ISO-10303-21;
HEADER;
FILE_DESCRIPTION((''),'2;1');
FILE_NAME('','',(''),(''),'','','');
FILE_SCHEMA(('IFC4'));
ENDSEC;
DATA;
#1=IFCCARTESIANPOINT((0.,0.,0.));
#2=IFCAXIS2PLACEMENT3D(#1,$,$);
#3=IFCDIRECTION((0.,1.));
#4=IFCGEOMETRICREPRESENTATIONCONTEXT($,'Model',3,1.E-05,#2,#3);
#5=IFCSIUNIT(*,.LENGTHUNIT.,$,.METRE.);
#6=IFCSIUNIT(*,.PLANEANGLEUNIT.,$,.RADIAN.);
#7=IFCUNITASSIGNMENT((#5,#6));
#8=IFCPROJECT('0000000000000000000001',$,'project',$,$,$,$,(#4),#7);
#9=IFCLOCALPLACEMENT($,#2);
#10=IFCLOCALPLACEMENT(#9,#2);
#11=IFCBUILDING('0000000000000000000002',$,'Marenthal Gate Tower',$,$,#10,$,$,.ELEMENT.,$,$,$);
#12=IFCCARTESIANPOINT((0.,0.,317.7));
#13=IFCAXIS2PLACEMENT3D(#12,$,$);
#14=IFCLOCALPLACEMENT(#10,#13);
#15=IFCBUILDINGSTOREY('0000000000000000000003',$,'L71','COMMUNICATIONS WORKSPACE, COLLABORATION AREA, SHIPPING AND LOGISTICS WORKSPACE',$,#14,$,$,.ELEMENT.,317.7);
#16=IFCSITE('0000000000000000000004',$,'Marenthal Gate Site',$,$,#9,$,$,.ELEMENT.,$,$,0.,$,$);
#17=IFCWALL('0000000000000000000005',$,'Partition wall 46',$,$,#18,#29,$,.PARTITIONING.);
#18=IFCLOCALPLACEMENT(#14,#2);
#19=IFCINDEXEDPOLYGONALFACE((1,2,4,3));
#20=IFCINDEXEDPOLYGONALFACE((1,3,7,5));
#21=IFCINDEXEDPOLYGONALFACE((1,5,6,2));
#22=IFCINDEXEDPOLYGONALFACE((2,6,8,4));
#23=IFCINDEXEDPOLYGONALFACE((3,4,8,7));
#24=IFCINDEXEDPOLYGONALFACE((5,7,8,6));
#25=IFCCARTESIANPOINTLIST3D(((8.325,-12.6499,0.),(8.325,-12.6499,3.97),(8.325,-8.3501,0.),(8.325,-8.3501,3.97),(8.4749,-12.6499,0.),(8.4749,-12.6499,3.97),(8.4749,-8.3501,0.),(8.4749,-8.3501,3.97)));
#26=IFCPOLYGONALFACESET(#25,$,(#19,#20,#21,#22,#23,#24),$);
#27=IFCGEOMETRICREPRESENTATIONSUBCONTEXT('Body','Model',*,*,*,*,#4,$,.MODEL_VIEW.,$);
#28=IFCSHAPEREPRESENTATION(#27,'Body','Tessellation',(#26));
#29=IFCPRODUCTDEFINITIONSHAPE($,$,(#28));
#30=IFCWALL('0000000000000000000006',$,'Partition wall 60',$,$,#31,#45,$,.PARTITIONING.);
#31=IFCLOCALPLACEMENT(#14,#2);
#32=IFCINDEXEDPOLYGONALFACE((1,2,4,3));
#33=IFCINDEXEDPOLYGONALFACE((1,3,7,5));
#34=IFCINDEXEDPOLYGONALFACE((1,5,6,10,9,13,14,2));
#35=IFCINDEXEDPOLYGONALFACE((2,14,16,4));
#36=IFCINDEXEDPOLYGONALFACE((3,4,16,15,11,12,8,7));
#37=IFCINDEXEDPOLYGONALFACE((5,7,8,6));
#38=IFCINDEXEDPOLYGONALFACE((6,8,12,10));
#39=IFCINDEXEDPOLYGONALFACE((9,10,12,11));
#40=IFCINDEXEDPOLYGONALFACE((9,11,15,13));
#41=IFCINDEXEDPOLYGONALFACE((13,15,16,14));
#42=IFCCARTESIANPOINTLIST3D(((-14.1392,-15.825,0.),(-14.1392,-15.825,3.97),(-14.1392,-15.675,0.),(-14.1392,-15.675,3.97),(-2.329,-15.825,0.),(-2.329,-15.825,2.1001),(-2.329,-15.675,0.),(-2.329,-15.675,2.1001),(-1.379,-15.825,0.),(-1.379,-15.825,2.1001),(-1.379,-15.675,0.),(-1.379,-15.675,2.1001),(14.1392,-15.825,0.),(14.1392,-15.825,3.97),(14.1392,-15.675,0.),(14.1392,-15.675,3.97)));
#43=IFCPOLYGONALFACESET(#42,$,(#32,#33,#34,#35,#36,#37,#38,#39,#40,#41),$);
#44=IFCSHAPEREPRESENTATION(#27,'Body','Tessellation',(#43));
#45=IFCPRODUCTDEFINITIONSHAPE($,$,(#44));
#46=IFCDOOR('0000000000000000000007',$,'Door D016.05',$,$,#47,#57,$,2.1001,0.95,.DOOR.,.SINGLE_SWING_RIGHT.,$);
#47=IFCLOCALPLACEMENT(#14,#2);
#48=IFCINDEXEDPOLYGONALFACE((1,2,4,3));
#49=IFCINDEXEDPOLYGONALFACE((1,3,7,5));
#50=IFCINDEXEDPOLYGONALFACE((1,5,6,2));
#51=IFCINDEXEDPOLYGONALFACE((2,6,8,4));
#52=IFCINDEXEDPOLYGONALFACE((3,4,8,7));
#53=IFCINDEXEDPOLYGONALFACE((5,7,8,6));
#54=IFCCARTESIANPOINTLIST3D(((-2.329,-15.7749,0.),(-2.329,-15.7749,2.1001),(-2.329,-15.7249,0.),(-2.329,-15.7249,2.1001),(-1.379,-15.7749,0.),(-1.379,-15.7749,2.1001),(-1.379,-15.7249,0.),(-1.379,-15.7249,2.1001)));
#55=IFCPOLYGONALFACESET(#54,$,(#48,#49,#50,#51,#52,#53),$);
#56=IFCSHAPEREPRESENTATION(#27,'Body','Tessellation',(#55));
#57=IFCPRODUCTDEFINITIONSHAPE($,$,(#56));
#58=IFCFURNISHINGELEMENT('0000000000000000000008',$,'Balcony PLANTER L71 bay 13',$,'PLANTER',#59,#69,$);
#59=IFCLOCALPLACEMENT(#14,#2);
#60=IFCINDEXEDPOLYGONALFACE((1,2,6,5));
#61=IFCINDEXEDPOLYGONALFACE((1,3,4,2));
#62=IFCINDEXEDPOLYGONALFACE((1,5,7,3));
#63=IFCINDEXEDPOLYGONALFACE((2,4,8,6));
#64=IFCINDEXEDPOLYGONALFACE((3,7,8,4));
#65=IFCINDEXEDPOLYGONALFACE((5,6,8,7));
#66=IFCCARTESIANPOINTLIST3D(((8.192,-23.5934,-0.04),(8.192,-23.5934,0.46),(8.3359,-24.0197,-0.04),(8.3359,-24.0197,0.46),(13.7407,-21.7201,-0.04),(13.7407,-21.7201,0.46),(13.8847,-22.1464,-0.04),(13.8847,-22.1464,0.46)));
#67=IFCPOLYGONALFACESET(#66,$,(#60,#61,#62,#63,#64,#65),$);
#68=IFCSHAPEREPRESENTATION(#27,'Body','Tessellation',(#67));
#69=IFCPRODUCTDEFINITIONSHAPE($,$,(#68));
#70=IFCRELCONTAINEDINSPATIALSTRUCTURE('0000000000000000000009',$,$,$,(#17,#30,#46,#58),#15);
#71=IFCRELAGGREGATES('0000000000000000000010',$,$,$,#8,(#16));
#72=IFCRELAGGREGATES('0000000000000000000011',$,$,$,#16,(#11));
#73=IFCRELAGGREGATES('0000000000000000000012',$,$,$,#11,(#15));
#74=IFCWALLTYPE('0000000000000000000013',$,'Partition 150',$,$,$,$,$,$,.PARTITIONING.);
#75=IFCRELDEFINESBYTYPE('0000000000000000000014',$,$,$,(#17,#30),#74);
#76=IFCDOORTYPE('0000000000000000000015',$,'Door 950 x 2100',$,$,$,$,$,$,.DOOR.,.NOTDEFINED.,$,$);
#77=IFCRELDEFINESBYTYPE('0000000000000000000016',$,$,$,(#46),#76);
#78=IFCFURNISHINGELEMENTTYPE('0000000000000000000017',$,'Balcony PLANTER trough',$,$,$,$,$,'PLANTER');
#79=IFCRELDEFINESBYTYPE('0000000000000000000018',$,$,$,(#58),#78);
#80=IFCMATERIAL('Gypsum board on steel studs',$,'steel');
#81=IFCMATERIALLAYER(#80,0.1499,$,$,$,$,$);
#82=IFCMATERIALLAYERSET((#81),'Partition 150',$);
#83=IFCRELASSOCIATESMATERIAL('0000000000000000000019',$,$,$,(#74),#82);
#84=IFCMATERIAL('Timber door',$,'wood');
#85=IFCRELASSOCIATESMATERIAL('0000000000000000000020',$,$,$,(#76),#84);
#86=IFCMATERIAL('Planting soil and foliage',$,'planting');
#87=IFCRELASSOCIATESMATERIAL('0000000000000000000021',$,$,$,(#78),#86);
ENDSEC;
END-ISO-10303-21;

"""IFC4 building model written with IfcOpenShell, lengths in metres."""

from ifc_helpers import new_model, si_unit, direction, frame, frame_2d, origin, origin_2d, place, context, subcontext, project, spatial, rectangle, extrude, material, layer, layer_set, type_object, element, fill, save


model = new_model("IFC4")

# Units and contexts
model_context = context("Model", 3, precision=1e-05, world=origin(), true_north=direction((0.0, 1.0)))
body_context = subcontext(model_context, "Body", "Model", "MODEL_VIEW")
ifc_project = project(units=[si_unit("LENGTHUNIT", "METRE"), si_unit("PLANEANGLEUNIT", "RADIAN")], contexts=[model_context])

# Site, building, storey
site_placement = place(None, origin())
site = spatial("IfcSite", under=ifc_project, at=site_placement, Name="Marenthal Gate Site", CompositionType="ELEMENT", RefElevation=0.0)
building_placement = place(site_placement, origin())
building = spatial("IfcBuilding", under=site, at=building_placement, Name="Marenthal Gate Tower", CompositionType="ELEMENT")
storey_placement = place(building_placement, frame((0.0, 0.0, 317.7)))
storey = spatial("IfcBuildingStorey", under=building, at=storey_placement, Name="L71", Description="COMMUNICATIONS WORKSPACE, COLLABORATION AREA, SHIPPING AND LOGISTICS WORKSPACE", CompositionType="ELEMENT", Elevation=317.7)

# Wall
ifc_material_1 = material(Name="Gypsum board on steel studs", Category="steel")
ifc_layer_1 = layer(ifc_material_1, 0.1499)
ifc_layer_set_1 = layer_set([ifc_layer_1], Name="Partition 150")
wall_type_1 = type_object("IfcWallType", Name="Partition 150", PredefinedType="PARTITIONING", material=ifc_layer_set_1)
wall_1_placement = place(storey_placement, frame((8.3999, -12.6499, 0.0), z_axis=(0.0, 0.0, 1.0), x_axis=(0.0, 1.0, 0.0)))
element("IfcWall", 1, at=wall_1_placement, inside=storey, type_object=wall_type_1, Name="Partition wall 46", PredefinedType="PARTITIONING", context=body_context, shape_type="SweptSolid", body=[
    extrude(rectangle(XDim=4.2998, YDim=0.1499, at=frame_2d((2.1499, 0.0))), origin(), (0.0, 0.0, 1.0), 3.97),
])

# Wall, opening, door
wall_2_placement = place(storey_placement, frame((14.1392, -15.75, 0.0), z_axis=(0.0, 0.0, 1.0), x_axis=(-1.0, 0.0, 0.0)))
wall_2 = element("IfcWall", 2, at=wall_2_placement, inside=storey, type_object=wall_type_1, Name="Partition wall 60", PredefinedType="PARTITIONING", context=body_context, shape_type="SweptSolid", body=[
    extrude(rectangle(XDim=28.2783, YDim=0.1499, at=frame_2d((14.1392, 0.0))), origin(), (0.0, 0.0, 1.0), 3.97),
])
opening_1_placement = place(wall_2_placement, frame((15.5181, 0.0, 0.0)))
opening_1 = element("IfcOpeningElement", 3, at=opening_1_placement, cuts=wall_2, PredefinedType="OPENING", context=body_context, shape_type="SweptSolid", body=[
    extrude(rectangle(XDim=0.95, YDim=2.1001, at=frame_2d((0.4751, 1.05))), frame((0.0, 0.085, 0.0), z_axis=(0.0, -1.0, 0.0), x_axis=(1.0, 0.0, 0.0)), (0.0, 0.0, 1.0), 0.1699),
])
ifc_material_2 = material(Name="Timber door", Category="wood")
door_type_1 = type_object("IfcDoorType", Name="Door 950 x 2100", OperationType="NOTDEFINED", PredefinedType="DOOR", material=ifc_material_2)
door_1_placement = place(opening_1_placement, origin())
door_1 = element("IfcDoor", 4, at=door_1_placement, inside=storey, type_object=door_type_1, Name="Door D016.05", OperationType="SINGLE_SWING_RIGHT", OverallHeight=2.1001, OverallWidth=0.95, PredefinedType="DOOR", context=body_context, shape_type="SweptSolid", body=[
    extrude(rectangle(XDim=0.95, YDim=2.1001, at=frame_2d((0.4751, 1.05))), frame((0.0, 0.0249, 0.0), z_axis=(0.0, -1.0, 0.0), x_axis=(1.0, 0.0, 0.0)), (0.0, 0.0, 1.0), 0.05),
])
fill(opening_1, door_1)

# Furnishing element
ifc_material_3 = material(Name="Planting soil and foliage", Category="planting")
furnishing_element_type = type_object("IfcFurnishingElementType", Name="Balcony PLANTER trough", ElementType="PLANTER", material=ifc_material_3)
furnishing_placement = place(storey_placement, frame((11.0383, -22.8699, -0.04), z_axis=(0.0, 0.0, 1.0), x_axis=(0.947463, 0.319866, 0.0)))
element("IfcFurnishingElement", 5, at=furnishing_placement, inside=storey, type_object=furnishing_element_type, Name="Balcony PLANTER L71 bay 13", ObjectType="PLANTER", context=body_context, shape_type="SweptSolid", body=[
    extrude(rectangle(XDim=5.8564, YDim=0.45, at=origin_2d()), origin(), (0.0, 0.0, 1.0), 0.5),
])

save(model, "model.ifc")
